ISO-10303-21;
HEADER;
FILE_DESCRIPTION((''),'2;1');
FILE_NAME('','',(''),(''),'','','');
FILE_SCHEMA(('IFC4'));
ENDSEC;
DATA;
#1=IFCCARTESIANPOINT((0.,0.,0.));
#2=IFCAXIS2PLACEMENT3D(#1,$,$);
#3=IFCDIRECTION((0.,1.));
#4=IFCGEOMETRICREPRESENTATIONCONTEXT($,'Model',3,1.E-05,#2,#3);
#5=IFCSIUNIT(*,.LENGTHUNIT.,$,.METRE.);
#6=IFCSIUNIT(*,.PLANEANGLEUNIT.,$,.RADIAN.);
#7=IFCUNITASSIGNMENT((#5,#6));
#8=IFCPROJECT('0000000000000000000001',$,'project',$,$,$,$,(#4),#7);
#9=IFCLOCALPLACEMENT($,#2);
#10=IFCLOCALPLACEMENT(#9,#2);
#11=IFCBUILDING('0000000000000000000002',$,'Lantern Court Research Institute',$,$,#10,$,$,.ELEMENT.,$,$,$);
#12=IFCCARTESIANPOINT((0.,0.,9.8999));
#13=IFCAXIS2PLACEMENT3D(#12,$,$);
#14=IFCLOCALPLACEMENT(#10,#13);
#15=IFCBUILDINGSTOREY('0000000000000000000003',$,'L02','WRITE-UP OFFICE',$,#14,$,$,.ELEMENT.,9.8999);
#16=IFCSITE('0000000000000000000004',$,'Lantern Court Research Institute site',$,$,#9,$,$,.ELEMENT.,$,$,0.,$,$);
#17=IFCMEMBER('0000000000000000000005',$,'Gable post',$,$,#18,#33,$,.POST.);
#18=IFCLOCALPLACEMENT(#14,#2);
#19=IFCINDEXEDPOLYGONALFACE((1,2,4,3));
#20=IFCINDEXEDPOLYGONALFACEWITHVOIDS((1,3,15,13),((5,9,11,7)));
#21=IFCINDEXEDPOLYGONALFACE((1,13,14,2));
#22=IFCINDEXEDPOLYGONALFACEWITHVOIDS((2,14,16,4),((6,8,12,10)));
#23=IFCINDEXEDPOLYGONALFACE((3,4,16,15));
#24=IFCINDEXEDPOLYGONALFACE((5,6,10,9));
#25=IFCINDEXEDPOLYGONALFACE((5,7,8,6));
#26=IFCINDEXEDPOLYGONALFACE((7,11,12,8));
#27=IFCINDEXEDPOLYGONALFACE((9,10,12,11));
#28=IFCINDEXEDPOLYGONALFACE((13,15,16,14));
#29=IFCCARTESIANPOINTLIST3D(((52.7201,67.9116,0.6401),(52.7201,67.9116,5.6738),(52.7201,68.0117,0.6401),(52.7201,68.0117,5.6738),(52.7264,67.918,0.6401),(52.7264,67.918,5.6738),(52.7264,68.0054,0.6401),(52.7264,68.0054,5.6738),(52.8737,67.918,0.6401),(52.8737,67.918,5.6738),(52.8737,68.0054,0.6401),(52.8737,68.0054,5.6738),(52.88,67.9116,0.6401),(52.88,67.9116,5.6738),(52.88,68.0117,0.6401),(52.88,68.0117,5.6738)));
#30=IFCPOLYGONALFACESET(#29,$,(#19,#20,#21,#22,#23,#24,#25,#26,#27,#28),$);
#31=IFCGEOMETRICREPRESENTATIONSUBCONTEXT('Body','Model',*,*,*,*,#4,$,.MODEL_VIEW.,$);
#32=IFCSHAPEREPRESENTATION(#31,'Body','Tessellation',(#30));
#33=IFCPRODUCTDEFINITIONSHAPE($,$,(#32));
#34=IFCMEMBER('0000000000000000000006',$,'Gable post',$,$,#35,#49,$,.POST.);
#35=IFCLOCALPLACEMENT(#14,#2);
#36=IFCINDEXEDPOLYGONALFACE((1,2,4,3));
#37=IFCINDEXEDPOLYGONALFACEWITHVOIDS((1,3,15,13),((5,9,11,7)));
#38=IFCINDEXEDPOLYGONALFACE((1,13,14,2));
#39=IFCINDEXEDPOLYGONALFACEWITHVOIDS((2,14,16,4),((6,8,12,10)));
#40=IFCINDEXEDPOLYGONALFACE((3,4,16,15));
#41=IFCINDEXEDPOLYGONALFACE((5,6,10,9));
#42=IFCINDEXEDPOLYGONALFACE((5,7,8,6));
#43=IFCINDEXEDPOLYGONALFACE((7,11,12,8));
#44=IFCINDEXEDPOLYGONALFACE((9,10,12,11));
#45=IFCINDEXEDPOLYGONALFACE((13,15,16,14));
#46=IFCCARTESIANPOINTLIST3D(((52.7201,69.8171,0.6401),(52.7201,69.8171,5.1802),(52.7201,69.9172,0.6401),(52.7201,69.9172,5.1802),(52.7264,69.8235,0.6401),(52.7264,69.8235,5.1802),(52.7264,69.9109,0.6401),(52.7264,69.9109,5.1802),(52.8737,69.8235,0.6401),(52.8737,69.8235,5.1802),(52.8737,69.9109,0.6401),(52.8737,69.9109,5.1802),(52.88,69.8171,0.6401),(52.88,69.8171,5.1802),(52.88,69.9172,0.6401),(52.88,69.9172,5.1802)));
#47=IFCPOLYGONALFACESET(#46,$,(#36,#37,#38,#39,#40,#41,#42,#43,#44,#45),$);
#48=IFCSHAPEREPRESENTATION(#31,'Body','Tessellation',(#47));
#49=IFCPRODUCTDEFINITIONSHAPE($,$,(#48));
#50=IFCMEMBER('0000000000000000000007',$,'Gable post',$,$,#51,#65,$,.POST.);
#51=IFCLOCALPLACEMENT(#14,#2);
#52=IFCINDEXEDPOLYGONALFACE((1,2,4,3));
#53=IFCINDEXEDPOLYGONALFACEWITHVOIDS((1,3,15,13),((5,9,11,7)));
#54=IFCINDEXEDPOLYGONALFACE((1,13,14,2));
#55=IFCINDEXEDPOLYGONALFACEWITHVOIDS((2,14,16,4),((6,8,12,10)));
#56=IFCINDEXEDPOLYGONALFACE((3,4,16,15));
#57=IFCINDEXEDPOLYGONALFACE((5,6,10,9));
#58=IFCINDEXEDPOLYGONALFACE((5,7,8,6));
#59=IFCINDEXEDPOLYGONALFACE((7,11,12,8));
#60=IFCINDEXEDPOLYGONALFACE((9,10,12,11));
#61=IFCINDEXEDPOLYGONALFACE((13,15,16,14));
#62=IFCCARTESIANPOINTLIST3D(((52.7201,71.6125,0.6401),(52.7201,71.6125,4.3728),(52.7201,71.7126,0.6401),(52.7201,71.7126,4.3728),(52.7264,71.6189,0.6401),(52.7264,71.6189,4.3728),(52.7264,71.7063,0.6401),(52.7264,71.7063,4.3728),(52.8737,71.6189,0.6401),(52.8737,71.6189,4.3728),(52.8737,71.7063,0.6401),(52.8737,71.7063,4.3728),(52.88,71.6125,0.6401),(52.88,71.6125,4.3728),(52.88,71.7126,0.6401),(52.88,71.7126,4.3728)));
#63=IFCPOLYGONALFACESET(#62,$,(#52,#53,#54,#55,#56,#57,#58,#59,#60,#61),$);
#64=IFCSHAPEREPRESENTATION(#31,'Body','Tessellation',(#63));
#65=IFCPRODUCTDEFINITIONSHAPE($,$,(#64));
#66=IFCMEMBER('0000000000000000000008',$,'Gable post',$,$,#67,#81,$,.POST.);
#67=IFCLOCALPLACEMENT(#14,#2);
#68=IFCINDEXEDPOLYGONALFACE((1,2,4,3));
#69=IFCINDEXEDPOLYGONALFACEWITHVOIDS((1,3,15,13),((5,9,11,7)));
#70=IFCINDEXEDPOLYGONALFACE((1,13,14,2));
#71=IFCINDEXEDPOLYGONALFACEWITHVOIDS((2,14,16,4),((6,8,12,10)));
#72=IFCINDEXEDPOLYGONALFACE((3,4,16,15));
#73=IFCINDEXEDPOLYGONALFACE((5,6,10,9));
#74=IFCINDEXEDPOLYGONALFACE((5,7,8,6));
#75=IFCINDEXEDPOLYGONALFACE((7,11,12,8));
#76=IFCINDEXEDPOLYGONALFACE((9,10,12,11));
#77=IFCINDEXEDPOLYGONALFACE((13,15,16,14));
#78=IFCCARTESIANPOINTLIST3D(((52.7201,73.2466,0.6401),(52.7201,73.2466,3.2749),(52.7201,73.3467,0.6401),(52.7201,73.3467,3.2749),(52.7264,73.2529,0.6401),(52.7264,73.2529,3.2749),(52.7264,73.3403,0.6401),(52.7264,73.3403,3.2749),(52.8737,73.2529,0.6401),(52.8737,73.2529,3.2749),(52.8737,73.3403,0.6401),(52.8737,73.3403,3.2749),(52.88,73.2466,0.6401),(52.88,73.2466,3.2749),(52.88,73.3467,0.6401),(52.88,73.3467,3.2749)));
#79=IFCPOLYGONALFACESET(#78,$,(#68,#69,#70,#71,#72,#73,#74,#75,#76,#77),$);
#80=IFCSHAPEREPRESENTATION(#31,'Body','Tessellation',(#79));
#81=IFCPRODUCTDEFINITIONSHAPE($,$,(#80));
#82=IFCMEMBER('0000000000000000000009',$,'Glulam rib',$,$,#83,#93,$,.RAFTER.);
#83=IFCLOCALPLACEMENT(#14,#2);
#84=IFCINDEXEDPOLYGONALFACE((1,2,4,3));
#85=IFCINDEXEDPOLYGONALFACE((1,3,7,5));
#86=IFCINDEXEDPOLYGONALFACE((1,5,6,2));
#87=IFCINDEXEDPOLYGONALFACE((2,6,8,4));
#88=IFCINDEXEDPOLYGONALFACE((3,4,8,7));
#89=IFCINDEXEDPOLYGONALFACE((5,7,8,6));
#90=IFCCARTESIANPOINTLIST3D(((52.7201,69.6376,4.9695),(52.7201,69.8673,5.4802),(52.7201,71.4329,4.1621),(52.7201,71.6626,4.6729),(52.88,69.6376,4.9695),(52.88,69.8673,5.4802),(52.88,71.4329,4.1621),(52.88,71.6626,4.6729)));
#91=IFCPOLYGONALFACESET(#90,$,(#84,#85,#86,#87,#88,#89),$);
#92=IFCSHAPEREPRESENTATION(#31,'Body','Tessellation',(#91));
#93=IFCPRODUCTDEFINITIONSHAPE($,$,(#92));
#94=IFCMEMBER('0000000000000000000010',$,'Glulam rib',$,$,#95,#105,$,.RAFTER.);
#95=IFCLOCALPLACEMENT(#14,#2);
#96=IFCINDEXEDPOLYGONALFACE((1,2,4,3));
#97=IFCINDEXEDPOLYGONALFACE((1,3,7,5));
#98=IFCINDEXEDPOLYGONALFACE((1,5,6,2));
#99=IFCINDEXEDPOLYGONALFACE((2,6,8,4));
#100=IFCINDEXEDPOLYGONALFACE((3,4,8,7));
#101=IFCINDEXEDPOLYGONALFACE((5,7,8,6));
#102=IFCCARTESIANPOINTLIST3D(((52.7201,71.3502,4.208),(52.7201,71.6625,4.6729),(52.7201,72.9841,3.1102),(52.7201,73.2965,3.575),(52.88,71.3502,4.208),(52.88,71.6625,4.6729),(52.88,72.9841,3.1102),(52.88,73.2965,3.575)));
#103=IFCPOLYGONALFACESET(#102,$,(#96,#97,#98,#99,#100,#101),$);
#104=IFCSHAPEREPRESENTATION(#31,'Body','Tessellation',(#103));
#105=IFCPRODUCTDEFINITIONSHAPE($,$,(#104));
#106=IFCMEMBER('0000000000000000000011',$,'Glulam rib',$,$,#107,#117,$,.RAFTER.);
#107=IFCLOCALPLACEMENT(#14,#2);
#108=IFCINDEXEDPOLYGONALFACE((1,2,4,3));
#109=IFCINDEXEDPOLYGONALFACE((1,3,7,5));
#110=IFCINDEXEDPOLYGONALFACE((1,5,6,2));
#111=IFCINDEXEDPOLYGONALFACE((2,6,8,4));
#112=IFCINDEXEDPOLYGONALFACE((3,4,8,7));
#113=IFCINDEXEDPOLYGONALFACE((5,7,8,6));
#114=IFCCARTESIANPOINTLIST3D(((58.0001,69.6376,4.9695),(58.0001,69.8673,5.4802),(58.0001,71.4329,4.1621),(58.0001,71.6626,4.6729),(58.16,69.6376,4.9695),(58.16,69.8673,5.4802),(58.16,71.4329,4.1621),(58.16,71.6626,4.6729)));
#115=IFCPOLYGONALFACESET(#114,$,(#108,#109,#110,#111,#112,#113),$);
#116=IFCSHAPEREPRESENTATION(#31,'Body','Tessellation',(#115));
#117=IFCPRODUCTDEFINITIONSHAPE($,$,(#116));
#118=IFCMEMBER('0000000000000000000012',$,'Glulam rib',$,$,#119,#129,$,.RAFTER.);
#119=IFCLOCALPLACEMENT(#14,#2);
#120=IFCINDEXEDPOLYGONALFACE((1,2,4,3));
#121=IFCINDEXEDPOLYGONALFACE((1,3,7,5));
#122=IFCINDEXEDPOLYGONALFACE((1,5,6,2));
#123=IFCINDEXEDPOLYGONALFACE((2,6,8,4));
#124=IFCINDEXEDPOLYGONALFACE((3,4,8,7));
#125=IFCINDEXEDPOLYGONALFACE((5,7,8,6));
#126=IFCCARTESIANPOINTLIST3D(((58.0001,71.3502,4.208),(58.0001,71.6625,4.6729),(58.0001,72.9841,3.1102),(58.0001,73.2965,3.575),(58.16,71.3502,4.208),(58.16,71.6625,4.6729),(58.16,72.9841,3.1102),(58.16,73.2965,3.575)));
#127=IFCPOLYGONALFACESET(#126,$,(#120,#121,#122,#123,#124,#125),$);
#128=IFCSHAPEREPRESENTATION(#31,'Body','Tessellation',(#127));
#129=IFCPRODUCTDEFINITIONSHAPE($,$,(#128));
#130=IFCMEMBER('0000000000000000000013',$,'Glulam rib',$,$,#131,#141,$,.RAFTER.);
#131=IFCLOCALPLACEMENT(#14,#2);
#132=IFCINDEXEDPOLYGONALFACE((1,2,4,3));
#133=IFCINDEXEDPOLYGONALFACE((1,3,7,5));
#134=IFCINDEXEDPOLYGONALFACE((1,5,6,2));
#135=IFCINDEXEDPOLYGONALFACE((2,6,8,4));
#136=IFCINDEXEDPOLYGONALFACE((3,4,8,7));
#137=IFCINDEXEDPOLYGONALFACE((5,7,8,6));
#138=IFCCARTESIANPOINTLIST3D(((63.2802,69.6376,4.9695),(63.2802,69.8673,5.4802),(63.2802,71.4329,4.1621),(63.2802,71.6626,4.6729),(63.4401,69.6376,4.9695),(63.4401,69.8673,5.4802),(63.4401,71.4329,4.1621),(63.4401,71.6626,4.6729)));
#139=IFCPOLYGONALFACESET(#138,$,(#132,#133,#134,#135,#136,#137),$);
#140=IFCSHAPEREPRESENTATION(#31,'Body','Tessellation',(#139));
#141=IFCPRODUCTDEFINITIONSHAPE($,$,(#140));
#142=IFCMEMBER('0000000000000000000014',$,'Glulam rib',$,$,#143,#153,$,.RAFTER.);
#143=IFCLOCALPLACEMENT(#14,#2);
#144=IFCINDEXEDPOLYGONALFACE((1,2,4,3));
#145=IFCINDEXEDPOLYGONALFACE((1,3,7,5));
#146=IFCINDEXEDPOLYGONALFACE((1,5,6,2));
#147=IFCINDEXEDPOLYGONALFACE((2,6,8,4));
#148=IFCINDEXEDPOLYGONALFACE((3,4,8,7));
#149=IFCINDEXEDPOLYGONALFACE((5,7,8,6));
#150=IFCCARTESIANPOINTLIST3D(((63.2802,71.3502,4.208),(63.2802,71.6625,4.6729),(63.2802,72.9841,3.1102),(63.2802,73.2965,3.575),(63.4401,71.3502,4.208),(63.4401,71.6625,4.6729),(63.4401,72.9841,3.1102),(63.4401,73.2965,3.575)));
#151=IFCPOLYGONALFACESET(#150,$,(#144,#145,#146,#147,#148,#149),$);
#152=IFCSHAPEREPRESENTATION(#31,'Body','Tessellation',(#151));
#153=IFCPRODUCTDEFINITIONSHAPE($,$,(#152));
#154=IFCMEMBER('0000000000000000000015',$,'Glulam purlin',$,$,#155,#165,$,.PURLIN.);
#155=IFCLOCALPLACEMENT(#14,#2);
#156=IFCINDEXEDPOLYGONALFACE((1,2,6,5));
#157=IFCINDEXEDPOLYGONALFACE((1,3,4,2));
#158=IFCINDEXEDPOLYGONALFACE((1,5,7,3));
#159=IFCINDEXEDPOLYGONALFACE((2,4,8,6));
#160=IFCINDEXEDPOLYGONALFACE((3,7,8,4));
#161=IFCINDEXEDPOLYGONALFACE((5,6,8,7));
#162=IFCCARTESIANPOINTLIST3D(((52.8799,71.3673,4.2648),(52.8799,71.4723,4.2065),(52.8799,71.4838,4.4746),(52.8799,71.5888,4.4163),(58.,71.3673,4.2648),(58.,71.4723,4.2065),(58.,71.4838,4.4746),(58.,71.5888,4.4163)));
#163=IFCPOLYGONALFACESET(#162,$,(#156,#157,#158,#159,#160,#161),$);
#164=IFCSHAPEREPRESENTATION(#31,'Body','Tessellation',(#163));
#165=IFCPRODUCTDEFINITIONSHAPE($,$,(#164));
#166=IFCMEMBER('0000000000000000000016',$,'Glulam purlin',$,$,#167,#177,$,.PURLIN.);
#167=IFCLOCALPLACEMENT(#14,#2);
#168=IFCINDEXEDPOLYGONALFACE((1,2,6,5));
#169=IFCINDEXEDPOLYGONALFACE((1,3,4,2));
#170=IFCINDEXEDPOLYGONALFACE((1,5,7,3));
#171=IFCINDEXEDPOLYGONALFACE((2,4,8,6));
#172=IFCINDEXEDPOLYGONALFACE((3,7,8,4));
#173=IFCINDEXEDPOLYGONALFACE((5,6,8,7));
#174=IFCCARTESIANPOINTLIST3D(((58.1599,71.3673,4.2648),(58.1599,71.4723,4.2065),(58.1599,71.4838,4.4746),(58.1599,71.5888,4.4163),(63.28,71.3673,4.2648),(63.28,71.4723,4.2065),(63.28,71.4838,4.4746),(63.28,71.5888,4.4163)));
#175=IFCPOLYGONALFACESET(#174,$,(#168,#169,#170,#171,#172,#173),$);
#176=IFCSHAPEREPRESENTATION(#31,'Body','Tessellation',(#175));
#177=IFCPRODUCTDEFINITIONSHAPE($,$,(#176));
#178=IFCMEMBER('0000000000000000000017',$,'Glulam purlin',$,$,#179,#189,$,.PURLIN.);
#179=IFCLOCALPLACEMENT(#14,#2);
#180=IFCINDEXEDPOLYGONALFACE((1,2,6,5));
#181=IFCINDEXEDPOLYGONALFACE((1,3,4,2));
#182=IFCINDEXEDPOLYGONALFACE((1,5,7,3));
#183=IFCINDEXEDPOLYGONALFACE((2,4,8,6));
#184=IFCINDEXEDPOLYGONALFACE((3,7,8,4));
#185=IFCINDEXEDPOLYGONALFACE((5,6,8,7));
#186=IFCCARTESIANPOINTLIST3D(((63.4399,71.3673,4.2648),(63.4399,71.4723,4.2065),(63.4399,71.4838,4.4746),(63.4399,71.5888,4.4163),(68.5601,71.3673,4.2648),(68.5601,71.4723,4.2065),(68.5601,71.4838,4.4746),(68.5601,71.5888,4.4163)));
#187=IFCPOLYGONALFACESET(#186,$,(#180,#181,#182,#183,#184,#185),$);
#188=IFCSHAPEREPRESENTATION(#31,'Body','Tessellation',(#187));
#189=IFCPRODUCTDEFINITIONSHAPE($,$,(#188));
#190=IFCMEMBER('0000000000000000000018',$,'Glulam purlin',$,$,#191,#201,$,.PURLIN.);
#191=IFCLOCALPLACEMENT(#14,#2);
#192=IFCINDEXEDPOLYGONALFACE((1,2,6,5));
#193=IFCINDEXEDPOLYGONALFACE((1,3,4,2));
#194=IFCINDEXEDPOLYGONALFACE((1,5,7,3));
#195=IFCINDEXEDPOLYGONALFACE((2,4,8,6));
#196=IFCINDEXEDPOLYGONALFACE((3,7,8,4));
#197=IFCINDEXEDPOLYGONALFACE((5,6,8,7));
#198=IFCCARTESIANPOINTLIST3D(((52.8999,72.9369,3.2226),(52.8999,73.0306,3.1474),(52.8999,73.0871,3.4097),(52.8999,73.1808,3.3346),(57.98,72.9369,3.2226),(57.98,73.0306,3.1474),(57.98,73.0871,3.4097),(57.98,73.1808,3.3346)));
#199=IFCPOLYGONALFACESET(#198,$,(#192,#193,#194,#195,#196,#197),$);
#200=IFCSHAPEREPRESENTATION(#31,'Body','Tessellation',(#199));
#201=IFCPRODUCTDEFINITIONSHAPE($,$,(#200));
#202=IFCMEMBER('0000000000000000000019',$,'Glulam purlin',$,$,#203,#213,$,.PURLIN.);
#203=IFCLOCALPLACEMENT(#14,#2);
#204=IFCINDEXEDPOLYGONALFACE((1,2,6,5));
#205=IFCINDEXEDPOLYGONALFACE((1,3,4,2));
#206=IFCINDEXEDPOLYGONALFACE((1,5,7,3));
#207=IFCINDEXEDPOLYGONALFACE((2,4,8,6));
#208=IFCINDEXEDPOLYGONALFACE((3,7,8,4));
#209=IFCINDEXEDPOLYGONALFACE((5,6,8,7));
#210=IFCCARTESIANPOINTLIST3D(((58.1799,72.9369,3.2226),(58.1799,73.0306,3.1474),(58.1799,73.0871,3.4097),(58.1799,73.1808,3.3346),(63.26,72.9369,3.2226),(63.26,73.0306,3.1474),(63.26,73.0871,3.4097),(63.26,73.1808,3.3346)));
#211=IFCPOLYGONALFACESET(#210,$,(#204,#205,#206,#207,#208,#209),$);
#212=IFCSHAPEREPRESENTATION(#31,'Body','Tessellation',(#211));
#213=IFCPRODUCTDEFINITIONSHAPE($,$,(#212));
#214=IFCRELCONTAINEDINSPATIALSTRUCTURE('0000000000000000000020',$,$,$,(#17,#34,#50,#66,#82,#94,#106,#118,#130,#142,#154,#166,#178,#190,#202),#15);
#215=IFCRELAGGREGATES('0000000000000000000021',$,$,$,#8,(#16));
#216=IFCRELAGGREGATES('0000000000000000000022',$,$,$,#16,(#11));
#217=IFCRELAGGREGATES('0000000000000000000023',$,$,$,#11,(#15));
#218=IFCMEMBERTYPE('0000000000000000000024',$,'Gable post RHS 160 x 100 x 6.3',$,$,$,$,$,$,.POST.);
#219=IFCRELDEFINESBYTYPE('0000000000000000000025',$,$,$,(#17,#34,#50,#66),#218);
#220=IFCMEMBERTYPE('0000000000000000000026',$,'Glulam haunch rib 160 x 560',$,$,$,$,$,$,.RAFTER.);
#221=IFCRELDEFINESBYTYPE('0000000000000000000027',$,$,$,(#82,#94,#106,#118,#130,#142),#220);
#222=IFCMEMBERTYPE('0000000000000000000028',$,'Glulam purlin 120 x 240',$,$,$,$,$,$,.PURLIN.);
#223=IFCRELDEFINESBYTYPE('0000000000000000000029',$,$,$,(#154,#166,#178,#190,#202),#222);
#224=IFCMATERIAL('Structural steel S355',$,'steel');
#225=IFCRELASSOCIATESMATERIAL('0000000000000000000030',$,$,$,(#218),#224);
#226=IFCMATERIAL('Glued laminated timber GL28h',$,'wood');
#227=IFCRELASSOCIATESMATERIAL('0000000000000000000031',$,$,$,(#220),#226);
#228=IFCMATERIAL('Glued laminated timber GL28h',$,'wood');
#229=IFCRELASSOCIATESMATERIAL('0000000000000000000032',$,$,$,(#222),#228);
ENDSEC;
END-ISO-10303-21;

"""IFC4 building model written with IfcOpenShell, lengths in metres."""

from ifc_helpers import new_model, si_unit, direction, frame, origin, origin_2d, place, context, subcontext, project, spatial, rectangle, hollow_rectangle, extrude, material, material_profile, profile_set, type_object, element, save


model = new_model("IFC4")

# Units and contexts
model_context = context("Model", 3, precision=1e-05, world=origin(), true_north=direction((0.0, 1.0)))
body_context = subcontext(model_context, "Body", "Model", "MODEL_VIEW")
ifc_project = project(units=[si_unit("LENGTHUNIT", "METRE"), si_unit("PLANEANGLEUNIT", "RADIAN")], contexts=[model_context])

# Site, building, storey
site_placement = place(None, origin())
site = spatial("IfcSite", under=ifc_project, at=site_placement, Name="Lantern Court Research Institute site", CompositionType="ELEMENT", RefElevation=0.0)
building_placement = place(site_placement, origin())
building = spatial("IfcBuilding", under=site, at=building_placement, Name="Lantern Court Research Institute", CompositionType="ELEMENT")
storey_placement = place(building_placement, frame((0.0, 0.0, 9.8999)))
storey = spatial("IfcBuildingStorey", under=building, at=storey_placement, Name="L02", Description="WRITE-UP OFFICE", CompositionType="ELEMENT", Elevation=9.8999)

# Members
ifc_material_1 = material(Name="Structural steel S355", Category="steel")
ifc_material_profile_1 = material_profile(ifc_material_1, hollow_rectangle(XDim=0.1599, YDim=0.1001, WallThickness=0.0063, at=origin_2d()), Name="Gable post RHS 160 x 100 x 6.3")
ifc_profile_set_1 = profile_set([ifc_material_profile_1], Name="Structural steel S355")
member_type_1 = type_object("IfcMemberType", Name="Gable post RHS 160 x 100 x 6.3", PredefinedType="POST", material=ifc_profile_set_1)
member_1_placement = place(storey_placement, frame((52.8, 67.9617, 0.6401), z_axis=(0.0, 0.0, 1.0), x_axis=(1.0, 0.0, 0.0)))
element("IfcMember", 1, at=member_1_placement, inside=storey, type_object=member_type_1, Name="Gable post", PredefinedType="POST", context=body_context, shape_type="SweptSolid", body=[
    extrude(hollow_rectangle(XDim=0.1599, YDim=0.1001, WallThickness=0.0063, at=origin_2d()), origin(), (0.0, 0.0, 1.0), 5.0337),
])
member_2_placement = place(storey_placement, frame((52.8, 69.8672, 0.6401), z_axis=(0.0, 0.0, 1.0), x_axis=(1.0, 0.0, 0.0)))
element("IfcMember", 2, at=member_2_placement, inside=storey, type_object=member_type_1, Name="Gable post", PredefinedType="POST", context=body_context, shape_type="SweptSolid", body=[
    extrude(hollow_rectangle(XDim=0.1599, YDim=0.1001, WallThickness=0.0063, at=origin_2d()), origin(), (0.0, 0.0, 1.0), 4.54),
])
member_3_placement = place(storey_placement, frame((52.8, 71.6626, 0.6401), z_axis=(0.0, 0.0, 1.0), x_axis=(1.0, 0.0, 0.0)))
element("IfcMember", 3, at=member_3_placement, inside=storey, type_object=member_type_1, Name="Gable post", PredefinedType="POST", context=body_context, shape_type="SweptSolid", body=[
    extrude(hollow_rectangle(XDim=0.1599, YDim=0.1001, WallThickness=0.0063, at=origin_2d()), origin(), (0.0, 0.0, 1.0), 3.7327),
])
member_4_placement = place(storey_placement, frame((52.8, 73.2966, 0.6401), z_axis=(0.0, 0.0, 1.0), x_axis=(1.0, 0.0, 0.0)))
element("IfcMember", 4, at=member_4_placement, inside=storey, type_object=member_type_1, Name="Gable post", PredefinedType="POST", context=body_context, shape_type="SweptSolid", body=[
    extrude(hollow_rectangle(XDim=0.1599, YDim=0.1001, WallThickness=0.0063, at=origin_2d()), origin(), (0.0, 0.0, 1.0), 2.6348),
])
ifc_material_2 = material(Name="Glued laminated timber GL28h", Category="wood")
ifc_material_profile_2 = material_profile(ifc_material_2, rectangle(XDim=0.1599, YDim=0.5601, at=origin_2d()), Name="Glulam haunch rib 160 x 560")
ifc_profile_set_2 = profile_set([ifc_material_profile_2], Name="Glued laminated timber GL28h")
member_type_2 = type_object("IfcMemberType", Name="Glulam haunch rib 160 x 560", PredefinedType="RAFTER", material=ifc_profile_set_2)
for number, where, z_axis, x_axis, name in (
    (5, (52.8, 69.7524, 5.2249), (0.0, 0.912028, -0.410127), (-1.0, 0.0, 0.0), "Glulam rib"),
    (6, (52.8, 71.5063, 4.4404), (0.0, 0.830042, -0.557702), (-1.0, 0.0, 0.0), "Glulam rib"),
    (7, (58.0801, 69.7524, 5.2249), (0.0, 0.912028, -0.410127), (-1.0, 0.0, 0.0), "Glulam rib"),
    (8, (58.0801, 71.5063, 4.4404), (0.0, 0.830042, -0.557702), (-1.0, 0.0, 0.0), "Glulam rib"),
    (9, (63.3601, 69.7524, 5.2249), (0.0, 0.912028, -0.410127), (-1.0, 0.0, 0.0), "Glulam rib"),
    (10, (63.3601, 71.5063, 4.4404), (0.0, 0.830042, -0.557702), (-1.0, 0.0, 0.0), "Glulam rib"),
):
    element("IfcMember", number, at=place(storey_placement, frame(where, z_axis=z_axis, x_axis=x_axis)), inside=storey, type_object=member_type_2, Name=name, PredefinedType="RAFTER", context=body_context, shape_type="SweptSolid", body=[
        extrude(rectangle(XDim=0.1599, YDim=0.5601, at=origin_2d()), origin(), (0.0, 0.0, 1.0), 1.9685),
    ])
ifc_material_3 = material(Name="Glued laminated timber GL28h", Category="wood")
ifc_material_profile_3 = material_profile(ifc_material_3, rectangle(XDim=0.1201, YDim=0.24, at=origin_2d()), Name="Glulam purlin 120 x 240")
ifc_profile_set_3 = profile_set([ifc_material_profile_3], Name="Glued laminated timber GL28h")
member_type_3 = type_object("IfcMemberType", Name="Glulam purlin 120 x 240", PredefinedType="PURLIN", material=ifc_profile_set_3)
for number, where, z_axis, x_axis, name in (
    (11, (52.8799, 71.478, 4.3406), (1.0, 0.0, 0.0), (0.0, 0.874157, -0.485643), "Glulam purlin"),
    (12, (58.1599, 71.478, 4.3406), (1.0, 0.0, 0.0), (0.0, 0.874157, -0.485643), "Glulam purlin"),
    (13, (63.4399, 71.478, 4.3406), (1.0, 0.0, 0.0), (0.0, 0.874157, -0.485643), "Glulam purlin"),
):
    element("IfcMember", number, at=place(storey_placement, frame(where, z_axis=z_axis, x_axis=x_axis)), inside=storey, type_object=member_type_3, Name=name, PredefinedType="PURLIN", context=body_context, shape_type="SweptSolid", body=[
        extrude(rectangle(XDim=0.1201, YDim=0.24, at=origin_2d()), origin(), (0.0, 0.0, 1.0), 5.1201),
    ])
for number, where, z_axis, x_axis, name in (
    (14, (52.8999, 73.0588, 3.2786), (1.0, 0.0, 0.0), (0.0, 0.779999, -0.62578), "Glulam purlin"),
    (15, (58.1799, 73.0588, 3.2786), (1.0, 0.0, 0.0), (0.0, 0.779999, -0.62578), "Glulam purlin"),
):
    element("IfcMember", number, at=place(storey_placement, frame(where, z_axis=z_axis, x_axis=x_axis)), inside=storey, type_object=member_type_3, Name=name, PredefinedType="PURLIN", context=body_context, shape_type="SweptSolid", body=[
        extrude(rectangle(XDim=0.1201, YDim=0.24, at=origin_2d()), origin(), (0.0, 0.0, 1.0), 5.0801),
    ])

save(model, "model.ifc")
